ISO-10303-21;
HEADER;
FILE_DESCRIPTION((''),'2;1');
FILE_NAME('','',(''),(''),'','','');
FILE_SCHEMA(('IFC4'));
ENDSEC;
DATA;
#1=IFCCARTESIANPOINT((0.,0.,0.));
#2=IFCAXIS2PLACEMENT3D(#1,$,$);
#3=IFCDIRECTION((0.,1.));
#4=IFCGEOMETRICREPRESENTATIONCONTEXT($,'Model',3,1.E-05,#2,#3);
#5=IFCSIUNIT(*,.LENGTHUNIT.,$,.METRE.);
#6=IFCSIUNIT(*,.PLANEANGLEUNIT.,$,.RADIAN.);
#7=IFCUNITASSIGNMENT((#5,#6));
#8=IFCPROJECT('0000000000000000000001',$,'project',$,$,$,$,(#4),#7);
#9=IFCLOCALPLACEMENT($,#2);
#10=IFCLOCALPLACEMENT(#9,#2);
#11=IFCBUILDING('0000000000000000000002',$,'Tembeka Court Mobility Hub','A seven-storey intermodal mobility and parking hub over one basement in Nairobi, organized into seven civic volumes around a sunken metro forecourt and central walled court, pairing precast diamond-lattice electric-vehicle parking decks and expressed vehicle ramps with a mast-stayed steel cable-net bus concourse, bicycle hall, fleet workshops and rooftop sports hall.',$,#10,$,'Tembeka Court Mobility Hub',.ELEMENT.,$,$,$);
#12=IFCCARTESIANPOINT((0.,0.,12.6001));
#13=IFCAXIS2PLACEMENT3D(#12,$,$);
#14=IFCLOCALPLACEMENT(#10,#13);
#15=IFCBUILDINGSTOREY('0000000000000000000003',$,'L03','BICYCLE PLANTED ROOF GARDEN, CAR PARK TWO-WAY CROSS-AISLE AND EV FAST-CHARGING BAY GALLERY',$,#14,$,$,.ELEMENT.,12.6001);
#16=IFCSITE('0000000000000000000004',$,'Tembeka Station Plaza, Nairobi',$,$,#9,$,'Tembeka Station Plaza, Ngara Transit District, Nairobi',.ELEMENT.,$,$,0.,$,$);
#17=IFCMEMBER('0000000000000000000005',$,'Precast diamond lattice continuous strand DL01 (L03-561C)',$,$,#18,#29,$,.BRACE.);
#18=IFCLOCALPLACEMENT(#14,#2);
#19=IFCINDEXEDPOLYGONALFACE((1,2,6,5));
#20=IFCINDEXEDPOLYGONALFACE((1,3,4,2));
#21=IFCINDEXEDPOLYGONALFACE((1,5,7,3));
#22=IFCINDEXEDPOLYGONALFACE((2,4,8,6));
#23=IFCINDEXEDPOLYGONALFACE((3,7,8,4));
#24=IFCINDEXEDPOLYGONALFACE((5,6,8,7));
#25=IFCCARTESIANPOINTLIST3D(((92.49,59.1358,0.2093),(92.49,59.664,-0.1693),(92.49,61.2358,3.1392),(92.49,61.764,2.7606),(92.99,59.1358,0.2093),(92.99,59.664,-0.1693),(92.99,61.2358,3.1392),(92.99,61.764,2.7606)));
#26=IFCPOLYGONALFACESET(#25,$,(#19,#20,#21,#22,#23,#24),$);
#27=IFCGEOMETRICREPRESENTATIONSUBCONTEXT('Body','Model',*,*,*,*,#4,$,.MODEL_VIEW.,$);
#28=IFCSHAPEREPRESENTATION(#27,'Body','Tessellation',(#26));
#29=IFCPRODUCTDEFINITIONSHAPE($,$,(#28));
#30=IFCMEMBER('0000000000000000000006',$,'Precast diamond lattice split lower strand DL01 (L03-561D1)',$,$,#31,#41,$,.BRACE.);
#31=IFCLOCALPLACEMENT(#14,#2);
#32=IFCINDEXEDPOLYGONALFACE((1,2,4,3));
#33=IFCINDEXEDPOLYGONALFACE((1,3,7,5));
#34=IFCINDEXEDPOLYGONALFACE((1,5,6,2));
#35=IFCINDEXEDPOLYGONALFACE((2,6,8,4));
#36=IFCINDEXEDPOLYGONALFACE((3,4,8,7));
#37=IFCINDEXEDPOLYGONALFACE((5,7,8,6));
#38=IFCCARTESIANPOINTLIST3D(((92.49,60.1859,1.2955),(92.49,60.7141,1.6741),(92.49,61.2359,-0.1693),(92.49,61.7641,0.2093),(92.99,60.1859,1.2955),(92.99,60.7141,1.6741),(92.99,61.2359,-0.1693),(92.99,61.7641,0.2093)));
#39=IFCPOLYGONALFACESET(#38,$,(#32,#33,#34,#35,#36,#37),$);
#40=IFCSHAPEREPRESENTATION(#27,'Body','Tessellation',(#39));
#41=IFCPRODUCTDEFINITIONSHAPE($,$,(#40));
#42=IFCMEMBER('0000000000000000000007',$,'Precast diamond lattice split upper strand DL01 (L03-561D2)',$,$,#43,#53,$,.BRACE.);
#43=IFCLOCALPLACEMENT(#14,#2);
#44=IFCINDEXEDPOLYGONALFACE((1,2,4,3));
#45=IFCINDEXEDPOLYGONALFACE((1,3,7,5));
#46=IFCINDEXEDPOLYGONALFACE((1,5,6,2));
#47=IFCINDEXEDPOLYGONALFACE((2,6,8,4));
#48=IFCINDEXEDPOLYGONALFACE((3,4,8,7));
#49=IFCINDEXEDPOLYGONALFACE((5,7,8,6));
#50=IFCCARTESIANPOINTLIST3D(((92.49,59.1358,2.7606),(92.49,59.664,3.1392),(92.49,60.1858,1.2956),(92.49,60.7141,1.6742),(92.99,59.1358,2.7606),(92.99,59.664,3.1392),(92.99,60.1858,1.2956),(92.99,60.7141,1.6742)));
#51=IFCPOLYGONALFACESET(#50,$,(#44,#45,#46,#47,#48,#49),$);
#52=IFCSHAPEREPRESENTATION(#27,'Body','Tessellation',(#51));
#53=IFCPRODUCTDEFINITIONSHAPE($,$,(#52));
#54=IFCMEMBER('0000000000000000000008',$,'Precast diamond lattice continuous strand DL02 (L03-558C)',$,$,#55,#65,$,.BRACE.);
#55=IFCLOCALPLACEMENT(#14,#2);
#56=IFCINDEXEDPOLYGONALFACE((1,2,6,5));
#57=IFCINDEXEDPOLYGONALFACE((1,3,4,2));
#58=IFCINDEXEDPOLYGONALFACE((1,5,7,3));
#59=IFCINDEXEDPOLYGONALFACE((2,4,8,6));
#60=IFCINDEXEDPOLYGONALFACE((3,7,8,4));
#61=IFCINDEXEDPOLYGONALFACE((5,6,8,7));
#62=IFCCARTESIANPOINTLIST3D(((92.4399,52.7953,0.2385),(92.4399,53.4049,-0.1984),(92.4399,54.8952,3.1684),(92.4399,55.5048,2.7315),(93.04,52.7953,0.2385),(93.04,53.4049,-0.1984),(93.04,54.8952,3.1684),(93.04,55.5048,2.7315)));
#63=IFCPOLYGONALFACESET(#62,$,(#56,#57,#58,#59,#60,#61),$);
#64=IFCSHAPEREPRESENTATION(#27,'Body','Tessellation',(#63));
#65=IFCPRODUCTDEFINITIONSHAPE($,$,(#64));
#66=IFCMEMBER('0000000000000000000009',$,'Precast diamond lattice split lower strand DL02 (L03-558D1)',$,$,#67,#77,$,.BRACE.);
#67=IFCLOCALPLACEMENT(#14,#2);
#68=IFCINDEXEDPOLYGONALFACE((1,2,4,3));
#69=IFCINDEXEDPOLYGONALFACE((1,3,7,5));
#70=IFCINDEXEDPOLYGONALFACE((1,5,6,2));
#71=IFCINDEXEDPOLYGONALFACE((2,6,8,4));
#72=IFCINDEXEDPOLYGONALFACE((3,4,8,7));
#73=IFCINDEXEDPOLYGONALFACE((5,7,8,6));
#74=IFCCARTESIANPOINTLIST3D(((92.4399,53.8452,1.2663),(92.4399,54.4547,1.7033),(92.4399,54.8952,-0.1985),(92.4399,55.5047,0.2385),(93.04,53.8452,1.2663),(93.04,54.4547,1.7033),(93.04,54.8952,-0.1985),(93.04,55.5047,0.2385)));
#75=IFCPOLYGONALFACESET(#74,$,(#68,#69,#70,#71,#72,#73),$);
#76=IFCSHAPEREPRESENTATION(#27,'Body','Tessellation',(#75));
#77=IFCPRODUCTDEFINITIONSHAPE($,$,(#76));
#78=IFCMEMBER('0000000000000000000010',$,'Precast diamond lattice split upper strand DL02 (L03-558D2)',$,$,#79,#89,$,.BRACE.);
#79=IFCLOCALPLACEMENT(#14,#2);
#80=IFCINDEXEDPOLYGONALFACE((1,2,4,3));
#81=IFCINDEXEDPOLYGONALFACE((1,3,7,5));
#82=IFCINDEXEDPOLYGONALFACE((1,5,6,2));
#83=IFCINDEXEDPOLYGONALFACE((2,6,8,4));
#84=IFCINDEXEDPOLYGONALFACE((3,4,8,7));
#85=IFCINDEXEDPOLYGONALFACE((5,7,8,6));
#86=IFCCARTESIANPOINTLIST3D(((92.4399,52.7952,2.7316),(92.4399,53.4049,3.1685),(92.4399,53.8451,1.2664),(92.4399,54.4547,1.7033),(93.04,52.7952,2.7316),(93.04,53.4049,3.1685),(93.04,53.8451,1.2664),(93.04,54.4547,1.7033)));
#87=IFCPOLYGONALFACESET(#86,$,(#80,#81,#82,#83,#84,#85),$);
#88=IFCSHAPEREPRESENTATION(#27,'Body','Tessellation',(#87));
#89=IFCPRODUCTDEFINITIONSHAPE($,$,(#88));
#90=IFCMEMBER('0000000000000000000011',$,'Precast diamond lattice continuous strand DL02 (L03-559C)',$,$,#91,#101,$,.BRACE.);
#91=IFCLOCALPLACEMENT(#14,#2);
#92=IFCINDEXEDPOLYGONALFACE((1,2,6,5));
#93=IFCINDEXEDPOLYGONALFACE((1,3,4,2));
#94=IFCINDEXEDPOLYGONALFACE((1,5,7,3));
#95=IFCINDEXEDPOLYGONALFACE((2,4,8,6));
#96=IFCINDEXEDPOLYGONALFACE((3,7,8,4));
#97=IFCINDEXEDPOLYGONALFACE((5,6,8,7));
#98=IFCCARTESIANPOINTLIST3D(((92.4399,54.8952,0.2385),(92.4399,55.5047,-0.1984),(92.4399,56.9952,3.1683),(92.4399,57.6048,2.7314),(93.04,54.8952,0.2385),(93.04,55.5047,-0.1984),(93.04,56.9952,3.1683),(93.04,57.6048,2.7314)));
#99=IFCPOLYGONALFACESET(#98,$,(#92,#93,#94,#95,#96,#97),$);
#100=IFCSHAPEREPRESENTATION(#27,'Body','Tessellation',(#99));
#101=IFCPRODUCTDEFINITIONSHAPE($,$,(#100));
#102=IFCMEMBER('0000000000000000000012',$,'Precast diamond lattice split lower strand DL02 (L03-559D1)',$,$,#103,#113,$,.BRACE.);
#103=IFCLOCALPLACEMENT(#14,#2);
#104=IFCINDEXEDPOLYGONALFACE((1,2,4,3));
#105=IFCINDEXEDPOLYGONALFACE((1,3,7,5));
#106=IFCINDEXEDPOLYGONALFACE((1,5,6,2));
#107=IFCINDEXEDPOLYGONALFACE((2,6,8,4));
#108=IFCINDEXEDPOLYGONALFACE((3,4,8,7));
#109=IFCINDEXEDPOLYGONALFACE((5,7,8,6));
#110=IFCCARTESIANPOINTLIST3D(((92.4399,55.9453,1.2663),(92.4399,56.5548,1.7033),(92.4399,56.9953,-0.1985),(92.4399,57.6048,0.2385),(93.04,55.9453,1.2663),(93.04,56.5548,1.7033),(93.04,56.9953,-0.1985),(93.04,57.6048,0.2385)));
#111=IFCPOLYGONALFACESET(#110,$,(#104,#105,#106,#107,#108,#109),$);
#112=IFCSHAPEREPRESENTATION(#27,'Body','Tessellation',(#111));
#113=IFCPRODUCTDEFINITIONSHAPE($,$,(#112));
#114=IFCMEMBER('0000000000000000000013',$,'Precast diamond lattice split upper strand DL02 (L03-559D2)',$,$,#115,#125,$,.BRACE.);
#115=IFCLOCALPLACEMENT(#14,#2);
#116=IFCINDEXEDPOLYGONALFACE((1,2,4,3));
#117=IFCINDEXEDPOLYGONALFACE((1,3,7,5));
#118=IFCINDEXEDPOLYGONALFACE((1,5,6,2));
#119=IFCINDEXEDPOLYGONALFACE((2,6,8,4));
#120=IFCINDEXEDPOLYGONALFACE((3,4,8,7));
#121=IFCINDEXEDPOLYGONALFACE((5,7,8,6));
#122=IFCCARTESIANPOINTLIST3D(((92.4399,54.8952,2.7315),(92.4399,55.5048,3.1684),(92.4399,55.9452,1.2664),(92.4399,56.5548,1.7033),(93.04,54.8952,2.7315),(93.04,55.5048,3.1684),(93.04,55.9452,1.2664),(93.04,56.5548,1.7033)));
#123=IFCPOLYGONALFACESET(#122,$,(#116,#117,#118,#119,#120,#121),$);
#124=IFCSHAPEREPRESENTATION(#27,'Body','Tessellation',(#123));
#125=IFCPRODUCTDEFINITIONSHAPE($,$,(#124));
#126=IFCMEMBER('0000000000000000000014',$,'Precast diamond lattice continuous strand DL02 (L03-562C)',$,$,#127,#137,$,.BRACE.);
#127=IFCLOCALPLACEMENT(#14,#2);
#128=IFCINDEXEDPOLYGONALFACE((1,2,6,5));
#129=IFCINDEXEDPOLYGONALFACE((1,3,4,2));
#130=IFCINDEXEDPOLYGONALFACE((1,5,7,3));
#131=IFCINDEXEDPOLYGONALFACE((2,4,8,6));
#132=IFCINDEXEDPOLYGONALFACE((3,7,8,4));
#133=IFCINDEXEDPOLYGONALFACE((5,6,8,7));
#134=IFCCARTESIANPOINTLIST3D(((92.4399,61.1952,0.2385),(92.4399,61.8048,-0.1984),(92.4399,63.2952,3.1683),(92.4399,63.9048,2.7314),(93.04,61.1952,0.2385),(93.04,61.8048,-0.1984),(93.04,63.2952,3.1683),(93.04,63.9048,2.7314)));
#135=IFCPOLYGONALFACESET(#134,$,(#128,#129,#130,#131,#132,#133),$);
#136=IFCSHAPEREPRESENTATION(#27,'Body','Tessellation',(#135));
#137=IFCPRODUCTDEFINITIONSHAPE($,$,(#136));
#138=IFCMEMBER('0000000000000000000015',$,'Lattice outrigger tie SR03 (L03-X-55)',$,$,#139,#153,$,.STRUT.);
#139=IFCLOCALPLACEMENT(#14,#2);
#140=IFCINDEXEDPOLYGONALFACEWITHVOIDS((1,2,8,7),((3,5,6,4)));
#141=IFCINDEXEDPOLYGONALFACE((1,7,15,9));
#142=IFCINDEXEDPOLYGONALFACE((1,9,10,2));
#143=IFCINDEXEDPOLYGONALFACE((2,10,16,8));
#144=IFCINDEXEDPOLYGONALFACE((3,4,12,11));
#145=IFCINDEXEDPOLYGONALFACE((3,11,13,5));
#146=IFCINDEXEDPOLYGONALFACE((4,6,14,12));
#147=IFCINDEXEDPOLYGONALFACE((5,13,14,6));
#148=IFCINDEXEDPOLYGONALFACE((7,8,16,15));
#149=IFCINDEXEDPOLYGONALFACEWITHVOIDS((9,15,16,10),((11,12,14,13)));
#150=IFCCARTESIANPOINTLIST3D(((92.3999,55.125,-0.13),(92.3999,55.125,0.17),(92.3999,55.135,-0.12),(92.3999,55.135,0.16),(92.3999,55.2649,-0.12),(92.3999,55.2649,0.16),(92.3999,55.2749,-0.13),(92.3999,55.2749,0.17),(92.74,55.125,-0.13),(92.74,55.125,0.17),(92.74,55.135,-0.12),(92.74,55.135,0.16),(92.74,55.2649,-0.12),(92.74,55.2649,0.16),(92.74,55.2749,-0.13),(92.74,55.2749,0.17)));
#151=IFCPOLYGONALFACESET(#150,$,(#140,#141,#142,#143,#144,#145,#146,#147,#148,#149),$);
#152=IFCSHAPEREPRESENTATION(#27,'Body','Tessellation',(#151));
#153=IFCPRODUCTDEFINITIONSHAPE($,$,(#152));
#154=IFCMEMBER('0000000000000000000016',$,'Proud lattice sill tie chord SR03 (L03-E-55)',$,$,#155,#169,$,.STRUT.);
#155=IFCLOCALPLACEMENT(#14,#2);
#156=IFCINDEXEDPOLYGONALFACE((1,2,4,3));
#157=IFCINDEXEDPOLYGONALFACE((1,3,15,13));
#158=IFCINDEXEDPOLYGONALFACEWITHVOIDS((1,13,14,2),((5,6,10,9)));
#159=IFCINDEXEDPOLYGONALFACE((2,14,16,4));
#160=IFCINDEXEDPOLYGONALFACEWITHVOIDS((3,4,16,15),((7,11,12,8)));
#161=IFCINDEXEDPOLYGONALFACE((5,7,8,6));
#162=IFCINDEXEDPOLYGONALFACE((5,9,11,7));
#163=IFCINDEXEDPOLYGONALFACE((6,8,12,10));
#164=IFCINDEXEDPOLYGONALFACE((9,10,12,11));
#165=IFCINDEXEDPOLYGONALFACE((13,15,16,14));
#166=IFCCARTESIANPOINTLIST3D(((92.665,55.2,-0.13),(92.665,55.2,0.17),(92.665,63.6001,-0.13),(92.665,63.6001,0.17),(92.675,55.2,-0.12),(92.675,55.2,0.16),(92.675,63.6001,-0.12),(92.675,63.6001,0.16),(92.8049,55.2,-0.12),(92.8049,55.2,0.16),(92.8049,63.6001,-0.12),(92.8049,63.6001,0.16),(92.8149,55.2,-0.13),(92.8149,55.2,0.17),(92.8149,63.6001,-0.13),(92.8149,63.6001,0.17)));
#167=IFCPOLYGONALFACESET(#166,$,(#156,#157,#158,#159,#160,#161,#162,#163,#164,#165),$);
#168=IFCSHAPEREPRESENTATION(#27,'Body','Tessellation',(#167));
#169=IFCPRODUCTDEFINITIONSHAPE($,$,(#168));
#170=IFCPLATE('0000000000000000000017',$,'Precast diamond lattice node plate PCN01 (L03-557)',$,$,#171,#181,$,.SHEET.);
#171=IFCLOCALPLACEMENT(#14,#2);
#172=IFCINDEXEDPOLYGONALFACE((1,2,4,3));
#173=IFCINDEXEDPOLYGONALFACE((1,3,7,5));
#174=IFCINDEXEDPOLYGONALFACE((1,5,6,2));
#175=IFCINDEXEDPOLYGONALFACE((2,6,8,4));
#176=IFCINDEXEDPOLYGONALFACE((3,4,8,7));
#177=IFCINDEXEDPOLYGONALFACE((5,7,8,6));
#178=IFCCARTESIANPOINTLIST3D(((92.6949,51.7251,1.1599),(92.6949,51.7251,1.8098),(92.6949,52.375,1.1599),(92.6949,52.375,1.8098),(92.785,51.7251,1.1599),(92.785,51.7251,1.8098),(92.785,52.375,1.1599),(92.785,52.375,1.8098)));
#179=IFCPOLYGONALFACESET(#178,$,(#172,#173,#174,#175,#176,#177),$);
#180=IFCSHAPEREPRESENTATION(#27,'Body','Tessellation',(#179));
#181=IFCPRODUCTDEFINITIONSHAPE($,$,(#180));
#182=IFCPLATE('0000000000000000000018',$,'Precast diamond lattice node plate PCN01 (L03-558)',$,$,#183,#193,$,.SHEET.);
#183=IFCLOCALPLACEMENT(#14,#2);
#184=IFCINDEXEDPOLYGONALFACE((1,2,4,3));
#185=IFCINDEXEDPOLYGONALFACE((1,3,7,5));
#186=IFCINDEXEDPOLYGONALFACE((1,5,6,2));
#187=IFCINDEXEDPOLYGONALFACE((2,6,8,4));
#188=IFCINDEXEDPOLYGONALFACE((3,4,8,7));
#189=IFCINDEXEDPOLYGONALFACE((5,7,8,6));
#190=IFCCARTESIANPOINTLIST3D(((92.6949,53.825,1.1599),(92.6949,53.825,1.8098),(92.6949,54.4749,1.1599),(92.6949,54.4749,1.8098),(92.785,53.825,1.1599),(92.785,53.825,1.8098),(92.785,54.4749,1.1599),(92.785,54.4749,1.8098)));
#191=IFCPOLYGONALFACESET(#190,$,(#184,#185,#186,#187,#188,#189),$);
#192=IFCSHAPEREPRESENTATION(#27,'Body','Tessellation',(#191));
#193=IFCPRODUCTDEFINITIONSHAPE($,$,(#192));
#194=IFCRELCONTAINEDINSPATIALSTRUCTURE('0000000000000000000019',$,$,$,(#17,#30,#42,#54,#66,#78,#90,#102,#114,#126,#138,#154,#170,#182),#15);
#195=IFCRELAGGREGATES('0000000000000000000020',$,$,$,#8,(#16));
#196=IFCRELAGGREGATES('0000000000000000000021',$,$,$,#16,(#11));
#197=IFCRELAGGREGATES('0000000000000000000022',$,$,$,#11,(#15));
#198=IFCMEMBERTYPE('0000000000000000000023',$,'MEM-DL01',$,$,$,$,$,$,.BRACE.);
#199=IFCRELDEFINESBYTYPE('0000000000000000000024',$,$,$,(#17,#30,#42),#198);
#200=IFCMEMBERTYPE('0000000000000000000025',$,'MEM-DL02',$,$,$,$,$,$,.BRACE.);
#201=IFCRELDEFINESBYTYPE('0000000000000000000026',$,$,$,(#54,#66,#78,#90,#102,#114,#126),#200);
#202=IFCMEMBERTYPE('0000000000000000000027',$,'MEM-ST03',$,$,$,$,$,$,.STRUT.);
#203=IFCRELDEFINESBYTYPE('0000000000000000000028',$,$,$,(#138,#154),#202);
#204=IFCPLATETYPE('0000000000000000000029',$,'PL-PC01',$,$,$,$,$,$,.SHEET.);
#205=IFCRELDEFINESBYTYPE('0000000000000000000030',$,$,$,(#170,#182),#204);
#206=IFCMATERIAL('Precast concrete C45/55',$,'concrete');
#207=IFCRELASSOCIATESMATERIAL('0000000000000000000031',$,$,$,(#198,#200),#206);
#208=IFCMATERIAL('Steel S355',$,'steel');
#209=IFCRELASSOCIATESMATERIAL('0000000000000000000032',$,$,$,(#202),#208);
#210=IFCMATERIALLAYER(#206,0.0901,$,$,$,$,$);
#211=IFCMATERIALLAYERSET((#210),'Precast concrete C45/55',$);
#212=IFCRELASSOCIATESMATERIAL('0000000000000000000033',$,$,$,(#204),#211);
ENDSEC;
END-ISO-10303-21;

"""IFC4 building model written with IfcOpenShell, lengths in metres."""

from ifc_helpers import new_model, si_unit, direction, frame, origin, origin_2d, place, context, subcontext, project, spatial, rectangle, hollow_rectangle, extrude, material, layer, layer_set, material_profile, profile_set, type_object, element, save


model = new_model("IFC4")

# Units and contexts
model_context = context("Model", 3, precision=1e-05, world=origin(), true_north=direction((0.0, 1.0)))
body_context = subcontext(model_context, "Body", "Model", "MODEL_VIEW")
ifc_project = project(units=[si_unit("LENGTHUNIT", "METRE"), si_unit("PLANEANGLEUNIT", "RADIAN")], contexts=[model_context])

# Site, building, storey
site_placement = place(None, origin())
site = spatial("IfcSite", under=ifc_project, at=site_placement, Name="Tembeka Station Plaza, Nairobi", LongName="Tembeka Station Plaza, Ngara Transit District, Nairobi", CompositionType="ELEMENT", RefElevation=0.0)
building_placement = place(site_placement, origin())
building = spatial("IfcBuilding", under=site, at=building_placement, Name="Tembeka Court Mobility Hub", Description="A seven-storey intermodal mobility and parking hub over one basement in Nairobi, organized into seven civic volumes around a sunken metro forecourt and central walled court, pairing precast diamond-lattice electric-vehicle parking decks and expressed vehicle ramps with a mast-stayed steel cable-net bus concourse, bicycle hall, fleet workshops and rooftop sports hall.", LongName="Tembeka Court Mobility Hub", CompositionType="ELEMENT")
storey_placement = place(building_placement, frame((0.0, 0.0, 12.6001)))
storey = spatial("IfcBuildingStorey", under=building, at=storey_placement, Name="L03", Description="BICYCLE PLANTED ROOF GARDEN, CAR PARK TWO-WAY CROSS-AISLE AND EV FAST-CHARGING BAY GALLERY", CompositionType="ELEMENT", Elevation=12.6001)

# Shared definitions
ifc_material_1 = material(Name="Steel S355", Category="steel")

# Shared definitions
ifc_material_2 = material(Name="Precast concrete C45/55", Category="concrete")

# Members
ifc_material_profile_1 = material_profile(ifc_material_2, rectangle(XDim=0.5, YDim=0.6499, at=origin_2d()), Name="PC-DIAG 500x650")
ifc_profile_set_1 = profile_set([ifc_material_profile_1], Name="Precast concrete C45/55")
member_type_1 = type_object("IfcMemberType", Name="MEM-DL01", PredefinedType="BRACE", material=ifc_profile_set_1)
member_1_placement = place(storey_placement, frame((92.74, 59.3999, 0.02), z_axis=(0.0, 0.582576, 0.812776), x_axis=(-1.0, 0.0, 0.0)))
element("IfcMember", 1, at=member_1_placement, inside=storey, type_object=member_type_1, Name="Precast diamond lattice continuous strand DL01 (L03-561C)", PredefinedType="BRACE", context=body_context, shape_type="SweptSolid", body=[
    extrude(rectangle(XDim=0.5, YDim=0.6499, at=origin_2d()), origin(), (0.0, 0.0, 1.0), 3.6047),
])
member_2_placement = place(storey_placement, frame((92.74, 61.5, 0.02), z_axis=(0.0, -0.582608, 0.812753), x_axis=(1.0, 0.0, 0.0)))
element("IfcMember", 2, at=member_2_placement, inside=storey, type_object=member_type_1, Name="Precast diamond lattice split lower strand DL01 (L03-561D1)", PredefinedType="BRACE", context=body_context, shape_type="SweptSolid", body=[
    extrude(rectangle(XDim=0.5, YDim=0.6499, at=origin_2d()), origin(), (0.0, 0.0, 1.0), 1.8022),
])
member_3_placement = place(storey_placement, frame((92.74, 60.45, 1.4849), z_axis=(0.0, -0.582544, 0.812799), x_axis=(1.0, 0.0, 0.0)))
element("IfcMember", 3, at=member_3_placement, inside=storey, type_object=member_type_1, Name="Precast diamond lattice split upper strand DL01 (L03-561D2)", PredefinedType="BRACE", context=body_context, shape_type="SweptSolid", body=[
    extrude(rectangle(XDim=0.5, YDim=0.6499, at=origin_2d()), origin(), (0.0, 0.0, 1.0), 1.8025),
])
ifc_material_profile_2 = material_profile(ifc_material_2, rectangle(XDim=0.6001, YDim=0.75, at=origin_2d()), Name="PC-DIAG 600x750")
ifc_profile_set_2 = profile_set([ifc_material_profile_2], Name="Precast concrete C45/55")
member_type_2 = type_object("IfcMemberType", Name="MEM-DL02", PredefinedType="BRACE", material=ifc_profile_set_2)
member_4_placement = place(storey_placement, frame((92.74, 53.1001, 0.02), z_axis=(0.0, 0.582532, 0.812808), x_axis=(-1.0, 0.0, 0.0)))
element("IfcMember", 4, at=member_4_placement, inside=storey, type_object=member_type_2, Name="Precast diamond lattice continuous strand DL02 (L03-558C)", PredefinedType="BRACE", context=body_context, shape_type="SweptSolid", body=[
    extrude(rectangle(XDim=0.6001, YDim=0.75, at=origin_2d()), origin(), (0.0, 0.0, 1.0), 3.6047),
])
member_5_placement = place(storey_placement, frame((92.74, 55.2, 0.02), z_axis=(0.0, -0.582608, 0.812753), x_axis=(1.0, 0.0, 0.0)))
element("IfcMember", 5, at=member_5_placement, inside=storey, type_object=member_type_2, Name="Precast diamond lattice split lower strand DL02 (L03-558D1)", PredefinedType="BRACE", context=body_context, shape_type="SweptSolid", body=[
    extrude(rectangle(XDim=0.6001, YDim=0.75, at=origin_2d()), origin(), (0.0, 0.0, 1.0), 1.8022),
])
member_6_placement = place(storey_placement, frame((92.74, 54.1499, 1.4849), z_axis=(0.0, -0.582455, 0.812863), x_axis=(1.0, 0.0, 0.0)))
element("IfcMember", 6, at=member_6_placement, inside=storey, type_object=member_type_2, Name="Precast diamond lattice split upper strand DL02 (L03-558D2)", PredefinedType="BRACE", context=body_context, shape_type="SweptSolid", body=[
    extrude(rectangle(XDim=0.6001, YDim=0.75, at=origin_2d()), origin(), (0.0, 0.0, 1.0), 1.8025),
])
member_7_placement = place(storey_placement, frame((92.74, 55.2, 0.02), z_axis=(0.0, 0.582576, 0.812776), x_axis=(-1.0, 0.0, 0.0)))
element("IfcMember", 7, at=member_7_placement, inside=storey, type_object=member_type_2, Name="Precast diamond lattice continuous strand DL02 (L03-559C)", PredefinedType="BRACE", context=body_context, shape_type="SweptSolid", body=[
    extrude(rectangle(XDim=0.6001, YDim=0.75, at=origin_2d()), origin(), (0.0, 0.0, 1.0), 3.6047),
])
member_8_placement = place(storey_placement, frame((92.74, 57.3, 0.02), z_axis=(0.0, -0.582608, 0.812753), x_axis=(1.0, 0.0, 0.0)))
element("IfcMember", 8, at=member_8_placement, inside=storey, type_object=member_type_2, Name="Precast diamond lattice split lower strand DL02 (L03-559D1)", PredefinedType="BRACE", context=body_context, shape_type="SweptSolid", body=[
    extrude(rectangle(XDim=0.6001, YDim=0.75, at=origin_2d()), origin(), (0.0, 0.0, 1.0), 1.8022),
])
member_9_placement = place(storey_placement, frame((92.74, 56.25, 1.4849), z_axis=(0.0, -0.582544, 0.812799), x_axis=(1.0, 0.0, 0.0)))
element("IfcMember", 9, at=member_9_placement, inside=storey, type_object=member_type_2, Name="Precast diamond lattice split upper strand DL02 (L03-559D2)", PredefinedType="BRACE", context=body_context, shape_type="SweptSolid", body=[
    extrude(rectangle(XDim=0.6001, YDim=0.75, at=origin_2d()), origin(), (0.0, 0.0, 1.0), 1.8025),
])
member_10_placement = place(storey_placement, frame((92.74, 61.5, 0.02), z_axis=(0.0, 0.582576, 0.812776), x_axis=(-1.0, 0.0, 0.0)))
element("IfcMember", 10, at=member_10_placement, inside=storey, type_object=member_type_2, Name="Precast diamond lattice continuous strand DL02 (L03-562C)", PredefinedType="BRACE", context=body_context, shape_type="SweptSolid", body=[
    extrude(rectangle(XDim=0.6001, YDim=0.75, at=origin_2d()), origin(), (0.0, 0.0, 1.0), 3.6047),
])
ifc_material_profile_3 = material_profile(ifc_material_1, hollow_rectangle(XDim=0.1499, YDim=0.3, WallThickness=0.01, at=origin_2d()), Name="RHS 300x150x10")
ifc_profile_set_3 = profile_set([ifc_material_profile_3], Name="Steel S355")
member_type_3 = type_object("IfcMemberType", Name="MEM-ST03", PredefinedType="STRUT", material=ifc_profile_set_3)
member_11_placement = place(storey_placement, frame((92.3999, 55.2, 0.02), z_axis=(1.0, 0.0, 0.0), x_axis=(0.0, 1.0, 0.0)))
element("IfcMember", 11, at=member_11_placement, inside=storey, type_object=member_type_3, Name="Lattice outrigger tie SR03 (L03-X-55)", PredefinedType="STRUT", context=body_context, shape_type="SweptSolid", body=[
    extrude(hollow_rectangle(XDim=0.1499, YDim=0.3, WallThickness=0.01, at=origin_2d()), origin(), (0.0, 0.0, 1.0), 0.3401),
])
member_12_placement = place(storey_placement, frame((92.74, 55.2, 0.02), z_axis=(0.0, 1.0, 0.0), x_axis=(-1.0, 0.0, 0.0)))
element("IfcMember", 12, at=member_12_placement, inside=storey, type_object=member_type_3, Name="Proud lattice sill tie chord SR03 (L03-E-55)", PredefinedType="STRUT", context=body_context, shape_type="SweptSolid", body=[
    extrude(hollow_rectangle(XDim=0.1499, YDim=0.3, WallThickness=0.01, at=origin_2d()), origin(), (0.0, 0.0, 1.0), 8.4001),
])

# Plates
ifc_layer_1 = layer(ifc_material_2, 0.0901)
ifc_layer_set_1 = layer_set([ifc_layer_1], Name="Precast concrete C45/55")
plate_type = type_object("IfcPlateType", Name="PL-PC01", PredefinedType="SHEET", material=ifc_layer_set_1)
for number, where, z_axis, x_axis, name in (
    (13, (92.74, 52.05, 1.1599), (0.0, 0.0, 1.0), (1.0, 0.0, 0.0), "Precast diamond lattice node plate PCN01 (L03-557)"),
    (14, (92.74, 54.1499, 1.1599), (0.0, 0.0, 1.0), (1.0, 0.0, 0.0), "Precast diamond lattice node plate PCN01 (L03-558)"),
):
    element("IfcPlate", number, at=place(storey_placement, frame(where, z_axis=z_axis, x_axis=x_axis)), inside=storey, type_object=plate_type, Name=name, PredefinedType="SHEET", context=body_context, shape_type="SweptSolid", body=[
        extrude(rectangle(XDim=0.0901, YDim=0.6499, at=origin_2d()), origin(), (0.0, 0.0, 1.0), 0.6499),
    ])

save(model, "model.ifc")
